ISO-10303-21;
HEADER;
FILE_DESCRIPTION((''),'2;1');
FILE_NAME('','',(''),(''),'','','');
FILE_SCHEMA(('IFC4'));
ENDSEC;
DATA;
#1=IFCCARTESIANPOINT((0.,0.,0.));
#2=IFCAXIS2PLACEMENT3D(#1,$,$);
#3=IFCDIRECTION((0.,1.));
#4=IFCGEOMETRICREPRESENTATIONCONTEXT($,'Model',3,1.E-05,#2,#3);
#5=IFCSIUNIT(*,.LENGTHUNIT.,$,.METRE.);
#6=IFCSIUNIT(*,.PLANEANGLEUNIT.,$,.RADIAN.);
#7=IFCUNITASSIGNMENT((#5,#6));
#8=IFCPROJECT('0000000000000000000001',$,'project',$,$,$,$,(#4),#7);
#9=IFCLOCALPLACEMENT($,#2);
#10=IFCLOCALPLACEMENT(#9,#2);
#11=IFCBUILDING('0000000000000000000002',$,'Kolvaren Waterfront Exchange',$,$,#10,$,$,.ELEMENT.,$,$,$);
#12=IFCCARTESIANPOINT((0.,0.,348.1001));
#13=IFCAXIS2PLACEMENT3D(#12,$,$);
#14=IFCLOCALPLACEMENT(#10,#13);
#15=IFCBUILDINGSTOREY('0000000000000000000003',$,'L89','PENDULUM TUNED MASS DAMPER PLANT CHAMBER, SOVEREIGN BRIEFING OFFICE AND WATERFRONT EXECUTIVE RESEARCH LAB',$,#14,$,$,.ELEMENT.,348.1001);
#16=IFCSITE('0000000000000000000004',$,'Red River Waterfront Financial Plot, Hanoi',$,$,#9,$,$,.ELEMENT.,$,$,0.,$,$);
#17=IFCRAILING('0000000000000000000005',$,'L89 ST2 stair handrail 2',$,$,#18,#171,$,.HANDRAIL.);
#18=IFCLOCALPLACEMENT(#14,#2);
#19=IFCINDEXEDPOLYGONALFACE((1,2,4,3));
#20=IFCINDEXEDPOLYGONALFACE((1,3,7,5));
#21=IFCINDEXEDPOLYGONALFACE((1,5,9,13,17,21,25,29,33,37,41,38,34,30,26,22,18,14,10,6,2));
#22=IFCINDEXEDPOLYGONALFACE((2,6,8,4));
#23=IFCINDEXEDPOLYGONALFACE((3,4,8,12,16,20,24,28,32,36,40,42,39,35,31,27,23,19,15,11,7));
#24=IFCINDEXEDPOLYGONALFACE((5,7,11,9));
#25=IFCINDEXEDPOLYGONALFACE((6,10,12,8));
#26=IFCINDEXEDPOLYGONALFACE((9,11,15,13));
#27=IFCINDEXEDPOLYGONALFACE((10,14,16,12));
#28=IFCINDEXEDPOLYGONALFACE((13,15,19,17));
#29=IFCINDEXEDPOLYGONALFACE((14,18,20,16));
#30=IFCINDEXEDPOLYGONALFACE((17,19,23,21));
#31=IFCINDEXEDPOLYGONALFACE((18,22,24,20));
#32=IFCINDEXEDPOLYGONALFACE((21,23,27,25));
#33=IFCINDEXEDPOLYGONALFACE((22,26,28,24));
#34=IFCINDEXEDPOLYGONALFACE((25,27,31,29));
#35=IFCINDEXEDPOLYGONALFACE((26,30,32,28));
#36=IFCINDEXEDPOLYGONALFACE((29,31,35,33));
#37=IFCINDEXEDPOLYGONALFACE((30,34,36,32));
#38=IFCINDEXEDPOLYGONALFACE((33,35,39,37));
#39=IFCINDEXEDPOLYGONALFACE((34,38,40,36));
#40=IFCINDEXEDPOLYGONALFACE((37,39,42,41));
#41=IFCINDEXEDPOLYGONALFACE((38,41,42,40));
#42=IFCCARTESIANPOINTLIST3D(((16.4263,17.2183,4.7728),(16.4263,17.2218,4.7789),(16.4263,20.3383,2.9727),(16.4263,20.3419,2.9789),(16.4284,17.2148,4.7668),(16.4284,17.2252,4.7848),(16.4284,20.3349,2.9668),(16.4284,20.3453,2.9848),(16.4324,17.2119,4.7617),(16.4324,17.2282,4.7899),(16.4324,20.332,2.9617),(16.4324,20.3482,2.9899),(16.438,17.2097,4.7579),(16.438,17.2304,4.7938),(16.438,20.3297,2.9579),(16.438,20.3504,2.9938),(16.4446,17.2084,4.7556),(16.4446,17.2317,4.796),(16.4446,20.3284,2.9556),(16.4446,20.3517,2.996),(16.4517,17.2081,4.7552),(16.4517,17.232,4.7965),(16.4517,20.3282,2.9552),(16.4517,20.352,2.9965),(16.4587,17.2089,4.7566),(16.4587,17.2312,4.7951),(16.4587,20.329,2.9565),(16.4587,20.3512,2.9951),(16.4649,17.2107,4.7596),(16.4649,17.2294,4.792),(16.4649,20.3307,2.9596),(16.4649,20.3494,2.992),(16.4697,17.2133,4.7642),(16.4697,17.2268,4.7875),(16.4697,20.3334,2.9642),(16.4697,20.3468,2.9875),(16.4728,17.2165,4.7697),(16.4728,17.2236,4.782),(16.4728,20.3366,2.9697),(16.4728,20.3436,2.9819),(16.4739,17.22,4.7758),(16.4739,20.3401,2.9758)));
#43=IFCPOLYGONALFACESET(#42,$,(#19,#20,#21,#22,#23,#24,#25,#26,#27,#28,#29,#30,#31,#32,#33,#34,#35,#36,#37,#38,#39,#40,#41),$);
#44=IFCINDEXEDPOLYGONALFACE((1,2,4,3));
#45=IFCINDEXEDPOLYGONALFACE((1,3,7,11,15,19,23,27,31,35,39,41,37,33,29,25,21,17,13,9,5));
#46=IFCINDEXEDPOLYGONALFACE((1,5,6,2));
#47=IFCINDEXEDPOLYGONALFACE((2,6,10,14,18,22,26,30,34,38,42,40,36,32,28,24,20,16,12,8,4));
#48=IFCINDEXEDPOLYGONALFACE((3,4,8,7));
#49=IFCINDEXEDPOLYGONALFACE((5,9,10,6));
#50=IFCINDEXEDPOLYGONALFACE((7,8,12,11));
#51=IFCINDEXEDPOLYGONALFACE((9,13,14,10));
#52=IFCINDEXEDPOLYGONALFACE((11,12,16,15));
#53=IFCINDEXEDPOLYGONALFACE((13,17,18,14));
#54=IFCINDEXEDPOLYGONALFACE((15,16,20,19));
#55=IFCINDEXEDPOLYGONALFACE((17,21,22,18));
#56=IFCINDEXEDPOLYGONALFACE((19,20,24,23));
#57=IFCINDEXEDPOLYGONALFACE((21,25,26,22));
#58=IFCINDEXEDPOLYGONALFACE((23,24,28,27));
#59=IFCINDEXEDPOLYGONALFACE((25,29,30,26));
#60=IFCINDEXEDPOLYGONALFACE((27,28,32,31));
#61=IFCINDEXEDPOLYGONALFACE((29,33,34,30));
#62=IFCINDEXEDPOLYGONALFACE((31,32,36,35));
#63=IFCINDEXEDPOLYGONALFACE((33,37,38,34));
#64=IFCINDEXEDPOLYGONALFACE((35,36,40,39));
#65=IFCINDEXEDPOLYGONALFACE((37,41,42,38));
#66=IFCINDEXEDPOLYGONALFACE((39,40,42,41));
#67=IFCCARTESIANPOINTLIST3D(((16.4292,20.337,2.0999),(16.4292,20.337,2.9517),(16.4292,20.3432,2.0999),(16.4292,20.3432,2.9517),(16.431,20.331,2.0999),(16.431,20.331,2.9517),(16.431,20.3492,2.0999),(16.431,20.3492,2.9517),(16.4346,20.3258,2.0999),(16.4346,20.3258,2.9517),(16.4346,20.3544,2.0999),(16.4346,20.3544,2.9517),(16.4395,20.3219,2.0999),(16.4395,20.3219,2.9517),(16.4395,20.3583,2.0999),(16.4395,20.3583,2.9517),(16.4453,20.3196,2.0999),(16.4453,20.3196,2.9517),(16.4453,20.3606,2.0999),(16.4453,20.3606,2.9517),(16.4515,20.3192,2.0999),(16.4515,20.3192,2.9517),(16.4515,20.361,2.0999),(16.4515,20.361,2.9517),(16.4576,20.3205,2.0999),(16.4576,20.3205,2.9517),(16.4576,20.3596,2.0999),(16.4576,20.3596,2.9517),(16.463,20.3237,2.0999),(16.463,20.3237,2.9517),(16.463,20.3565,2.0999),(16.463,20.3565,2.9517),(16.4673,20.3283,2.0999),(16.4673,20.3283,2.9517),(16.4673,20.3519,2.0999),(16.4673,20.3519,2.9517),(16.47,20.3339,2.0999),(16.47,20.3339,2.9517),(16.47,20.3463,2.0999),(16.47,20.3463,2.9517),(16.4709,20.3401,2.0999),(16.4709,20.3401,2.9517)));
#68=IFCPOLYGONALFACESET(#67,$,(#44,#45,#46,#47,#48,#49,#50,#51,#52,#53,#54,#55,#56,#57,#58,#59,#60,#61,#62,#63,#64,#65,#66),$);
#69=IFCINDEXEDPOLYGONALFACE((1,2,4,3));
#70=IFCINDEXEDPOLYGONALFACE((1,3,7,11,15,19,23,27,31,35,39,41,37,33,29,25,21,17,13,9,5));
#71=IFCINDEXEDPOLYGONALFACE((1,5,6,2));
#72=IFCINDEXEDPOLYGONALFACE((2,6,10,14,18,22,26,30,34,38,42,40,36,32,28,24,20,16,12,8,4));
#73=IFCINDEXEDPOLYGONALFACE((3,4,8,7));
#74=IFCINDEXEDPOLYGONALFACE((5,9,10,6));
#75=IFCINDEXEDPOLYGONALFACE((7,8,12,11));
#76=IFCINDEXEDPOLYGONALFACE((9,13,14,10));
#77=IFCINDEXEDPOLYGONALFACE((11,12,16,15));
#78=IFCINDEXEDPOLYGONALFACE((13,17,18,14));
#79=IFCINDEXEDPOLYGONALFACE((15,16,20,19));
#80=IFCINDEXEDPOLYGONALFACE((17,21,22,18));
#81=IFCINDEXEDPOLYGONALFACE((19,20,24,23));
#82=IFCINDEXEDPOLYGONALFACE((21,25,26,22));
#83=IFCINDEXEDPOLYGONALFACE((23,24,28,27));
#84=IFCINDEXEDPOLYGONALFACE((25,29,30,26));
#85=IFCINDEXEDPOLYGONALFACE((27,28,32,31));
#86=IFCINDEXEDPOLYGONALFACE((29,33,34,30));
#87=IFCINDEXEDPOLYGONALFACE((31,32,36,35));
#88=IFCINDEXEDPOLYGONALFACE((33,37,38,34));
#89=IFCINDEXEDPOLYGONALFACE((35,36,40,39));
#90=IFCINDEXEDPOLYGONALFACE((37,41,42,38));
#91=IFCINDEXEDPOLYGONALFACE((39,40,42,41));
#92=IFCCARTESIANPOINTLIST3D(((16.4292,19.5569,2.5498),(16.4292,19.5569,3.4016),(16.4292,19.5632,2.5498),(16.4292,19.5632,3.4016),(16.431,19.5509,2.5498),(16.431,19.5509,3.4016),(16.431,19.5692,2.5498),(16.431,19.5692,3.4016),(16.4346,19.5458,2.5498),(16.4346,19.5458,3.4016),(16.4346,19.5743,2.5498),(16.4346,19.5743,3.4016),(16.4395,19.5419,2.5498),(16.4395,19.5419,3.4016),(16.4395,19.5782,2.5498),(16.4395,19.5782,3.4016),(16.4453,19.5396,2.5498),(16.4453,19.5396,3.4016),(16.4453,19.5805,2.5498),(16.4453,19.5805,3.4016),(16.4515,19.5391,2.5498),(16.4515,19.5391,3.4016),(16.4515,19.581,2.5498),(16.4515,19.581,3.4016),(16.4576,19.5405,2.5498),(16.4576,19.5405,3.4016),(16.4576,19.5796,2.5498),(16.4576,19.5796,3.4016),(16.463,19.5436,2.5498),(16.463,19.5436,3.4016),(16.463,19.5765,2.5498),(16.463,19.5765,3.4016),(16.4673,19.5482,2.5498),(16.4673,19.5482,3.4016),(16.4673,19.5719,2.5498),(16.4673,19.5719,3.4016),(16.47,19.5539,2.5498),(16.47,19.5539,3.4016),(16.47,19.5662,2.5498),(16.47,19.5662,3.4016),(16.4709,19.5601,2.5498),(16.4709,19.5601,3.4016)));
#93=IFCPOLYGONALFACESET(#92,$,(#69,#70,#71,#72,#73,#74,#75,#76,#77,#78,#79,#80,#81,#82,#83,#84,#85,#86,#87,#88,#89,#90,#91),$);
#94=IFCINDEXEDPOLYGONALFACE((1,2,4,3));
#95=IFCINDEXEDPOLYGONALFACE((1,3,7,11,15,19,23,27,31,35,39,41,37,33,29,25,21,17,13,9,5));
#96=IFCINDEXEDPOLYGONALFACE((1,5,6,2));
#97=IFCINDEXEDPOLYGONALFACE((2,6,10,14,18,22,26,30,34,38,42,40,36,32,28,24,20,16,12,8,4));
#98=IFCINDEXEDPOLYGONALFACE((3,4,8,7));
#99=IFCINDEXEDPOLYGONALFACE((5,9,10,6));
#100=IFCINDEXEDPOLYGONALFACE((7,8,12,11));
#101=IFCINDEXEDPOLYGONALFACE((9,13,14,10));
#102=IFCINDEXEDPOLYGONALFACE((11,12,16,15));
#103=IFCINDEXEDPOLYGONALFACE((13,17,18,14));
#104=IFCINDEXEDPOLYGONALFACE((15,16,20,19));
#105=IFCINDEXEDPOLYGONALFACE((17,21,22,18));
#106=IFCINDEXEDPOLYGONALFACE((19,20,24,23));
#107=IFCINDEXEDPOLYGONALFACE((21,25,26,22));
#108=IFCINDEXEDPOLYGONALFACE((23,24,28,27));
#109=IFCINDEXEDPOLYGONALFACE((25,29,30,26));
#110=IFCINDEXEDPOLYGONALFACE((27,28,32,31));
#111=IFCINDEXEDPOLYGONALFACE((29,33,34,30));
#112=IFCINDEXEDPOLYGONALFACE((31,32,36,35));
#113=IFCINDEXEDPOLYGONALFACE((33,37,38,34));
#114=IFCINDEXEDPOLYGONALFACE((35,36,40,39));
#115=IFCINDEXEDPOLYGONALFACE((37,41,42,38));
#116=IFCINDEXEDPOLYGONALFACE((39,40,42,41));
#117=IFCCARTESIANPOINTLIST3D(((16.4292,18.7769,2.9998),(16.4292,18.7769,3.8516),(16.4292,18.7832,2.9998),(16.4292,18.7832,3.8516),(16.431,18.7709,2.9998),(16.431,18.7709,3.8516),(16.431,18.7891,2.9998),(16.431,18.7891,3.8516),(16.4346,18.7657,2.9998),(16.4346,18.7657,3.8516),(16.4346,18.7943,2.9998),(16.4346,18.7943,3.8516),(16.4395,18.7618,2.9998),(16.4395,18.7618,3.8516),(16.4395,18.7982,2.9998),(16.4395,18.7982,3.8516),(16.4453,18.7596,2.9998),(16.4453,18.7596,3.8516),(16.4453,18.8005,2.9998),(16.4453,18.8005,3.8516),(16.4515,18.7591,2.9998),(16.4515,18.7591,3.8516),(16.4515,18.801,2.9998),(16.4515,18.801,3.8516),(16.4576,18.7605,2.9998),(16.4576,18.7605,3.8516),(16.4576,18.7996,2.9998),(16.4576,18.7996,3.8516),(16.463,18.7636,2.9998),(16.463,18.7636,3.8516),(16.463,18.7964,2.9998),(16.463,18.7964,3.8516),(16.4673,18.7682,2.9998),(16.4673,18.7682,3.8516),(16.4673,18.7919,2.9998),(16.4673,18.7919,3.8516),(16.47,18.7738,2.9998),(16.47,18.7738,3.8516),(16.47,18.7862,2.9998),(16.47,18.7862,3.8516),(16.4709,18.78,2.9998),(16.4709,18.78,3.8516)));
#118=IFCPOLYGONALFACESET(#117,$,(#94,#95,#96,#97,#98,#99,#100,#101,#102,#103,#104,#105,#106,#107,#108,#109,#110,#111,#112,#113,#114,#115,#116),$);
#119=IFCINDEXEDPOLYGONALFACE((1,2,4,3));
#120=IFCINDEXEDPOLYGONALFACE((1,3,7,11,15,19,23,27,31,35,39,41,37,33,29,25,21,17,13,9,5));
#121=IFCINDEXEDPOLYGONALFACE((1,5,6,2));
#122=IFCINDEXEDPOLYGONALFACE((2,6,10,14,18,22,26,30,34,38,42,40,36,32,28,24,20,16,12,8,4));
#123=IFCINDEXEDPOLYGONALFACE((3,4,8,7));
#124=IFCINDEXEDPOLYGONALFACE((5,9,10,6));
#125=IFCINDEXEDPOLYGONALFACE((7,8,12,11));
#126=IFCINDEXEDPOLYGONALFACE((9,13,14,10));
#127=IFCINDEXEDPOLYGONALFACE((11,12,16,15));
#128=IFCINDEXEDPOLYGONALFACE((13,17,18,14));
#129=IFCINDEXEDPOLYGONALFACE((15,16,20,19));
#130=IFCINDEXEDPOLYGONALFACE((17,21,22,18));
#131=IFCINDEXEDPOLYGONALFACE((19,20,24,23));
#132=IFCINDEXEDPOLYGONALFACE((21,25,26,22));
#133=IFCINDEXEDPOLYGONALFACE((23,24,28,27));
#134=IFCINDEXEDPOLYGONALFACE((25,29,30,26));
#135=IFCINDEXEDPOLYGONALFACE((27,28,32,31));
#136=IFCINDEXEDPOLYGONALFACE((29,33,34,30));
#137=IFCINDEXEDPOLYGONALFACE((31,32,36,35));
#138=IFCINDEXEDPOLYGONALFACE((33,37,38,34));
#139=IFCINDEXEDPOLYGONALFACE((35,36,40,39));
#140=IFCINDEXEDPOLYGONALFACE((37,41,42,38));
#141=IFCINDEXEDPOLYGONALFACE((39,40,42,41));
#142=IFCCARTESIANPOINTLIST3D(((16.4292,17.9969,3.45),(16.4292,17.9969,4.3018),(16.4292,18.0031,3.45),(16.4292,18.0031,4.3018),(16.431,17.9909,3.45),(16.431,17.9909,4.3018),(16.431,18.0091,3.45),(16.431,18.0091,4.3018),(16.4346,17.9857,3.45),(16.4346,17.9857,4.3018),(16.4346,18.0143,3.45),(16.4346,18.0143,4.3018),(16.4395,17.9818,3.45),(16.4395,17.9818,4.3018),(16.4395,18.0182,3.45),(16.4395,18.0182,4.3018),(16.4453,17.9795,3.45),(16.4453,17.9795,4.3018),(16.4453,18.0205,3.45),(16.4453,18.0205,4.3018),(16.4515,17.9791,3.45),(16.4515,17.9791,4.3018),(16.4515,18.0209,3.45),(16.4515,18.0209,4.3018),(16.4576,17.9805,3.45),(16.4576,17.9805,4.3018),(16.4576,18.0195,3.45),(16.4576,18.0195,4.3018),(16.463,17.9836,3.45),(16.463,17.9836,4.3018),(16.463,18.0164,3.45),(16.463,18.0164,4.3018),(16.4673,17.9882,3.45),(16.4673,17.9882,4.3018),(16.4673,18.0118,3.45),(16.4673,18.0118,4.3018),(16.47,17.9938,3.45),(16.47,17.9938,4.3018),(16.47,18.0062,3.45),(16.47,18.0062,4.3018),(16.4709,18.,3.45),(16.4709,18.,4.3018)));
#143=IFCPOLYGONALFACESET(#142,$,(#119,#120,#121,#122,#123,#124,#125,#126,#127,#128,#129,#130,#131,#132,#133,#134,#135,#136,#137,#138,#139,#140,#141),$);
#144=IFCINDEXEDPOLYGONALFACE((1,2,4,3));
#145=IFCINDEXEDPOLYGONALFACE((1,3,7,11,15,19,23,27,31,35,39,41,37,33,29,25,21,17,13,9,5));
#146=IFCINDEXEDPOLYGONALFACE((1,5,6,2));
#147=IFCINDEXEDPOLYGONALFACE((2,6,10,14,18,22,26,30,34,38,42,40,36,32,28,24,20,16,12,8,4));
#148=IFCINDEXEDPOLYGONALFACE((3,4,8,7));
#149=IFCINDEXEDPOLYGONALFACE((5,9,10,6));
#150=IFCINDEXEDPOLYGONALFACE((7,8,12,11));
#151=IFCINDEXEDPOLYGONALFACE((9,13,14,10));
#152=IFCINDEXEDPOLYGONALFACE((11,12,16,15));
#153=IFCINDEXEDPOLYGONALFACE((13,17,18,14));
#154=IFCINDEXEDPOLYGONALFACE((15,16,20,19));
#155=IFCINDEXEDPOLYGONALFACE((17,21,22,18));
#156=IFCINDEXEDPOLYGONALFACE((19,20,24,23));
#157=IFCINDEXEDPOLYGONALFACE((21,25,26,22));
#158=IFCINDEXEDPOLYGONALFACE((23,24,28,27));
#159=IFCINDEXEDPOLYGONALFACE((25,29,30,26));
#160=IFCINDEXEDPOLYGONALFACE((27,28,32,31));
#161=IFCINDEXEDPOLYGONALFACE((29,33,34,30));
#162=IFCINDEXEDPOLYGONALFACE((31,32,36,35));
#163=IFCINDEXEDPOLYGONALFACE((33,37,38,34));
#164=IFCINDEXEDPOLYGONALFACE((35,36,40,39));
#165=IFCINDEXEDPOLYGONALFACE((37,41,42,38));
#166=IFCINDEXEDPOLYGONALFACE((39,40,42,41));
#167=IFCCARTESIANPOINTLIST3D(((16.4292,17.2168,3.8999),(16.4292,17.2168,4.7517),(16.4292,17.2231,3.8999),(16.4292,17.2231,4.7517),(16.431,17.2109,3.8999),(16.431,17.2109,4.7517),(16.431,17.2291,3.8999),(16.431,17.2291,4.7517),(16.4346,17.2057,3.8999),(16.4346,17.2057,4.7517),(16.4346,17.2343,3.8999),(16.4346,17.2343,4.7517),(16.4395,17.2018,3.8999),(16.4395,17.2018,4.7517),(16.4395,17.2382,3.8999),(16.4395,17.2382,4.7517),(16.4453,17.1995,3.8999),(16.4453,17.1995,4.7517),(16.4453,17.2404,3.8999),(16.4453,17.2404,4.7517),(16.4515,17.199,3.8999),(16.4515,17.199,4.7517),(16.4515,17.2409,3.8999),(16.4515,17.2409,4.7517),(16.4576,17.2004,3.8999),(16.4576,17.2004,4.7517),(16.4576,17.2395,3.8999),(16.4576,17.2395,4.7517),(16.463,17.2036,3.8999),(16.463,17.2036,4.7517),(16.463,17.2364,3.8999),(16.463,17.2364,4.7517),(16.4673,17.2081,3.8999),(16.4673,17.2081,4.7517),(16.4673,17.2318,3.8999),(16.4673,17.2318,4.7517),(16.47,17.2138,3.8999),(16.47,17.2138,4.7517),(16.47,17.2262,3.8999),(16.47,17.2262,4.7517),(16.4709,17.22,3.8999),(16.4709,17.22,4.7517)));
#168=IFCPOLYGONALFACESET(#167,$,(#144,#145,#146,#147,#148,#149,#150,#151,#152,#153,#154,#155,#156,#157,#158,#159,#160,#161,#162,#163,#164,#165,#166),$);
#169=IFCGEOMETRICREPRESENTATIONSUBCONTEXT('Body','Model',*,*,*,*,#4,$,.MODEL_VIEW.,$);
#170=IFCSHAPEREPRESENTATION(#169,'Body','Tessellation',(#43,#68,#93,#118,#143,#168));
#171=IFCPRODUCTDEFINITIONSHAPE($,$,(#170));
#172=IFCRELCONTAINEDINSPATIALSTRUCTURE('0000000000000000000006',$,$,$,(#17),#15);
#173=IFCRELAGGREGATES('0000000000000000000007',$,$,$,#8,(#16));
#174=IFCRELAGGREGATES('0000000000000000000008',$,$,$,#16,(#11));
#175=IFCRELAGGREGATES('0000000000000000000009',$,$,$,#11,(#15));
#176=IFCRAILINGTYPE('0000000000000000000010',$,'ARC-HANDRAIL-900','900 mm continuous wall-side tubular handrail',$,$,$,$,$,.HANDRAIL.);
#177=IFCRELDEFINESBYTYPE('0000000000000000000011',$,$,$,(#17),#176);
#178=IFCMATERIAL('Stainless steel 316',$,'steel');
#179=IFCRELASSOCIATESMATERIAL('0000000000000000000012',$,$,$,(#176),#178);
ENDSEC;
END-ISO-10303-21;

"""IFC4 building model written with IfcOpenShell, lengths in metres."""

from ifc_helpers import new_model, si_unit, direction, frame, origin, origin_2d, place, context, subcontext, project, spatial, circle, extrude, material, type_object, element, save


model = new_model("IFC4")

# Units and contexts
model_context = context("Model", 3, precision=1e-05, world=origin(), true_north=direction((0.0, 1.0)))
body_context = subcontext(model_context, "Body", "Model", "MODEL_VIEW")
ifc_project = project(units=[si_unit("LENGTHUNIT", "METRE"), si_unit("PLANEANGLEUNIT", "RADIAN")], contexts=[model_context])

# Site, building, storey
site_placement = place(None, origin())
site = spatial("IfcSite", under=ifc_project, at=site_placement, Name="Red River Waterfront Financial Plot, Hanoi", CompositionType="ELEMENT", RefElevation=0.0)
building_placement = place(site_placement, origin())
building = spatial("IfcBuilding", under=site, at=building_placement, Name="Kolvaren Waterfront Exchange", CompositionType="ELEMENT")
storey_placement = place(building_placement, frame((0.0, 0.0, 348.1001)))
storey = spatial("IfcBuildingStorey", under=building, at=storey_placement, Name="L89", Description="PENDULUM TUNED MASS DAMPER PLANT CHAMBER, SOVEREIGN BRIEFING OFFICE AND WATERFRONT EXECUTIVE RESEARCH LAB", CompositionType="ELEMENT", Elevation=348.1001)

# Railing
ifc_material_1 = material(Name="Stainless steel 316", Category="steel")
railing_type_1 = type_object("IfcRailingType", Name="ARC-HANDRAIL-900", Description="900 mm continuous wall-side tubular handrail", PredefinedType="HANDRAIL", material=ifc_material_1)
railing_1_placement = place(storey_placement, frame((16.45, 20.3401, 2.0999)))
element("IfcRailing", 1, at=railing_1_placement, inside=storey, type_object=railing_type_1, Name="L89 ST2 stair handrail 2", PredefinedType="HANDRAIL", context=body_context, shape_type="SweptSolid", body=[
    extrude(circle(Radius=0.0239, at=origin_2d()), frame((0.0, 0.0, 0.876), z_axis=(0.0, -0.866188, 0.499719), x_axis=(1.0, 0.0, 0.0)), (0.0, 0.0, 1.0), 3.6021),
    extrude(circle(Radius=0.021, at=origin_2d()), origin(), (0.0, 0.0, 1.0), 0.8518),
    extrude(circle(Radius=0.021, at=origin_2d()), frame((0.0, -0.78, 0.45)), (0.0, 0.0, 1.0), 0.8518),
    extrude(circle(Radius=0.021, at=origin_2d()), frame((0.0, -1.5601, 0.8999)), (0.0, 0.0, 1.0), 0.8518),
    extrude(circle(Radius=0.021, at=origin_2d()), frame((0.0, -2.3401, 1.3501)), (0.0, 0.0, 1.0), 0.8518),
    extrude(circle(Radius=0.021, at=origin_2d()), frame((0.0, -3.1201, 1.8)), (0.0, 0.0, 1.0), 0.8518),
])

save(model, "model.ifc")
